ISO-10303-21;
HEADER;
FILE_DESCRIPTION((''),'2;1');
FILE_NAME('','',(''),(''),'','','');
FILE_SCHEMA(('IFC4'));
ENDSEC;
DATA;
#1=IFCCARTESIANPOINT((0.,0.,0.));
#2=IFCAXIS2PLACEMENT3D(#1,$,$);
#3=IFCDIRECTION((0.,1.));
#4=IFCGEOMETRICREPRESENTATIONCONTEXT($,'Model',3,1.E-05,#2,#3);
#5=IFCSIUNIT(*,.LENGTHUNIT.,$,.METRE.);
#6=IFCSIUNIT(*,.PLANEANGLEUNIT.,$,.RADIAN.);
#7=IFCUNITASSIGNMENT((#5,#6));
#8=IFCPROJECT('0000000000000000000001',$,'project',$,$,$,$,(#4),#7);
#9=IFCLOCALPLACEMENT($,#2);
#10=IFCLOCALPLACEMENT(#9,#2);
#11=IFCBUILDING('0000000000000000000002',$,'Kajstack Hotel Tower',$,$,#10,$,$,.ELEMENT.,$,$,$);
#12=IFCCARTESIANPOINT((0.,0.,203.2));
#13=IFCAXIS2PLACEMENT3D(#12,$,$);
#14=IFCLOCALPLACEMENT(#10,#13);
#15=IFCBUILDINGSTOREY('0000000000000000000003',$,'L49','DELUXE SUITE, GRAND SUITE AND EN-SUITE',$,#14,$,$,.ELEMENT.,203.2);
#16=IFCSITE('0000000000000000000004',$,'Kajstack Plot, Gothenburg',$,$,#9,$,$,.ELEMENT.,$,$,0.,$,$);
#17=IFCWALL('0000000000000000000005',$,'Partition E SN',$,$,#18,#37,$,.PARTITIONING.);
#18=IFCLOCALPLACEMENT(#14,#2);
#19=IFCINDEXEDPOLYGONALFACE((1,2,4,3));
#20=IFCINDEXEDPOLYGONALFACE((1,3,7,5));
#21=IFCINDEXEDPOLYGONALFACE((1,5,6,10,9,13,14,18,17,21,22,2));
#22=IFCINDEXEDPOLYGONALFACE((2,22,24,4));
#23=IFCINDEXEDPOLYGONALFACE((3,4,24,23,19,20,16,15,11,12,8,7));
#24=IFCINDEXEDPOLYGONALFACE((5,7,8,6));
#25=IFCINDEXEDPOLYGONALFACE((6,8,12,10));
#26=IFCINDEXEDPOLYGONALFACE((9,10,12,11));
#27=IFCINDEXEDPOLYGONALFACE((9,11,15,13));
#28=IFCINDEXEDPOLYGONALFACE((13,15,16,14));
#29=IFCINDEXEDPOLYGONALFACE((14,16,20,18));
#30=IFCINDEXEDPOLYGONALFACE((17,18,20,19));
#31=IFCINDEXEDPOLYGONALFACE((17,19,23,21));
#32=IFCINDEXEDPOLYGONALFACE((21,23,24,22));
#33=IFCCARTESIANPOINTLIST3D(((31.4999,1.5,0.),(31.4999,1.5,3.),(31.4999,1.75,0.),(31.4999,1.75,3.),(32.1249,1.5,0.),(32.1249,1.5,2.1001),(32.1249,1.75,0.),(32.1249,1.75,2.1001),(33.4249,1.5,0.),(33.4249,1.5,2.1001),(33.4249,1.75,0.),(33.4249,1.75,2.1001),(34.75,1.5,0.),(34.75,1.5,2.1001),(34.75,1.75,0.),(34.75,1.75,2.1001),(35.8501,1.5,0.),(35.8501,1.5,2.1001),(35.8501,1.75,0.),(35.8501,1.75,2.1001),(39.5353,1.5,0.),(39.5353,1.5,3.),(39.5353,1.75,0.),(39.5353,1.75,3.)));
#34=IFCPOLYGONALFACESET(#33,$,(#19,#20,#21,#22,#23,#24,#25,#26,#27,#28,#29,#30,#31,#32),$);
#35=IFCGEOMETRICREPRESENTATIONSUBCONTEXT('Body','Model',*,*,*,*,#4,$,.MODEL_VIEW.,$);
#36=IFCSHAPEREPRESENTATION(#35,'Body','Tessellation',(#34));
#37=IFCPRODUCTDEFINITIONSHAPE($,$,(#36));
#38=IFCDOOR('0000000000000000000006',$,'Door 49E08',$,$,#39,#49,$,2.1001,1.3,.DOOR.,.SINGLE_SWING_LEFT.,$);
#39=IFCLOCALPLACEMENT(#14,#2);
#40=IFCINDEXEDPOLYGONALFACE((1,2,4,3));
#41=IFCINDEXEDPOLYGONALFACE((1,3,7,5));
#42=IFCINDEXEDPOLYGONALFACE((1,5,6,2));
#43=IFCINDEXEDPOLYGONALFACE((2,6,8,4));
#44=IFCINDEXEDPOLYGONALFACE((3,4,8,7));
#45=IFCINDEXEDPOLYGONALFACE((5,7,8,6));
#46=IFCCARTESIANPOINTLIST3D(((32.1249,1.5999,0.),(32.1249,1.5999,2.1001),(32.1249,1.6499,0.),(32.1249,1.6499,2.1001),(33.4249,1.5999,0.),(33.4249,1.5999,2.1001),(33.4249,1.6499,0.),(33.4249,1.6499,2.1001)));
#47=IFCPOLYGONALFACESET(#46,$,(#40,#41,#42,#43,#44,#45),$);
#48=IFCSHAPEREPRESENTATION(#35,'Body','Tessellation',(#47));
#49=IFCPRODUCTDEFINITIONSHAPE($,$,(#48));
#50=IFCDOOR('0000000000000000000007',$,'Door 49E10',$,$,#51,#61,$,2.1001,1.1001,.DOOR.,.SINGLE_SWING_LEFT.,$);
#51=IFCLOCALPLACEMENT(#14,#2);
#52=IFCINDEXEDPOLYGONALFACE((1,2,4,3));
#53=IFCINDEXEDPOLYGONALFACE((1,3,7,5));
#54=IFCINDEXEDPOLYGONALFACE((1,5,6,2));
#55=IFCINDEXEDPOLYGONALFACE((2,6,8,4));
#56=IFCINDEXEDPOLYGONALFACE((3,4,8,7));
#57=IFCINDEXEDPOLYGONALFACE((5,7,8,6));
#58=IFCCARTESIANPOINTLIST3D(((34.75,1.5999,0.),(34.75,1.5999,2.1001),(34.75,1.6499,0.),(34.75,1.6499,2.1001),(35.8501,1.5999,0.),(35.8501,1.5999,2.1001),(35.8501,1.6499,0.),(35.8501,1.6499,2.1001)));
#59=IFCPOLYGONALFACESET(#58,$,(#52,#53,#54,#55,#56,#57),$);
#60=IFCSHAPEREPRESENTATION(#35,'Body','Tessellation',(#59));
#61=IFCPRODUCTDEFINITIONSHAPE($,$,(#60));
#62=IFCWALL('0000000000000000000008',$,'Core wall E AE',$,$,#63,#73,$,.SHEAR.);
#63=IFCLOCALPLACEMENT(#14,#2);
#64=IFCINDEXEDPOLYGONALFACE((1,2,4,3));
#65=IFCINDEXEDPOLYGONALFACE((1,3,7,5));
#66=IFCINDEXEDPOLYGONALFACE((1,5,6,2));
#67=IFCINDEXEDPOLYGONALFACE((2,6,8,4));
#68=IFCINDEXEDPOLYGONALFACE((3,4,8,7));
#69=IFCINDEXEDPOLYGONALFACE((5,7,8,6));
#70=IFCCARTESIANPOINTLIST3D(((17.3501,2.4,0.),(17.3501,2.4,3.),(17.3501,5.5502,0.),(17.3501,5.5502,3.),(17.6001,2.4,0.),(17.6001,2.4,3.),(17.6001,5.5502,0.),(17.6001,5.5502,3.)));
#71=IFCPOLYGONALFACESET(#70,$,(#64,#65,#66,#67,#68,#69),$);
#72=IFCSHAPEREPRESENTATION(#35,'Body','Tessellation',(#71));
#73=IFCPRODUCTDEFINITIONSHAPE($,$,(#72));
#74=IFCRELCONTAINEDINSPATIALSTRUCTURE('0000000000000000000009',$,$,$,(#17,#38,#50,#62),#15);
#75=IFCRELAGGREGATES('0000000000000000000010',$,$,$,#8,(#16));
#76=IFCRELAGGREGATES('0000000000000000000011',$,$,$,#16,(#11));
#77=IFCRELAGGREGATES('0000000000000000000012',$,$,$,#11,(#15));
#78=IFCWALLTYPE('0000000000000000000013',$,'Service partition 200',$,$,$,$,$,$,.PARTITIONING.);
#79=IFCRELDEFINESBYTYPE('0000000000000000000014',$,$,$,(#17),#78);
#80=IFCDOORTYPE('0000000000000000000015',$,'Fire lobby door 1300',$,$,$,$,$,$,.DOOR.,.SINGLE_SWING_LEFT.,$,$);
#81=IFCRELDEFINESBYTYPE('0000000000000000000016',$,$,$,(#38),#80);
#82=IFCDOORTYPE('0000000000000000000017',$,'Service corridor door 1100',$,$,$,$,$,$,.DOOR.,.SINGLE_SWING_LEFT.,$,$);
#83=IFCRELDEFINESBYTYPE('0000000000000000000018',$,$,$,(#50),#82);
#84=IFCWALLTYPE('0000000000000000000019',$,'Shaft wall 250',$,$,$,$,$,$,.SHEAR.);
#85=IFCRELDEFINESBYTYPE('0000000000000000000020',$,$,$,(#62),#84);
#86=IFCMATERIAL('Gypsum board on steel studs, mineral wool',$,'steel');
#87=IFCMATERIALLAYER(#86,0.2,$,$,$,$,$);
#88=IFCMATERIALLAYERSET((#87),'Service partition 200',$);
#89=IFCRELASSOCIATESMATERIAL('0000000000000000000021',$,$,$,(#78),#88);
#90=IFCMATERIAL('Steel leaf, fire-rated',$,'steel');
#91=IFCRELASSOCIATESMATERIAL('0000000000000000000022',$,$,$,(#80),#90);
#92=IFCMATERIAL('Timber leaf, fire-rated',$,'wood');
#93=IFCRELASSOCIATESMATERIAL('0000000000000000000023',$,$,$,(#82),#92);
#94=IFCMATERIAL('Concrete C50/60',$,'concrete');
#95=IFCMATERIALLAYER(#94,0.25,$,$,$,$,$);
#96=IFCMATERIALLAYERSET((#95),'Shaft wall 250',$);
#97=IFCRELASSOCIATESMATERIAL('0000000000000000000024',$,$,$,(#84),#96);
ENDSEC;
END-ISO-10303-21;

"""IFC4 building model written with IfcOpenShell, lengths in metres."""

from ifc_helpers import new_model, si_unit, direction, frame, frame_2d, origin, place, context, subcontext, project, spatial, rectangle, extrude, material, layer, layer_set, type_object, element, fill, save


model = new_model("IFC4")

# Units and contexts
model_context = context("Model", 3, precision=1e-05, world=origin(), true_north=direction((0.0, 1.0)))
body_context = subcontext(model_context, "Body", "Model", "MODEL_VIEW")
ifc_project = project(units=[si_unit("LENGTHUNIT", "METRE"), si_unit("PLANEANGLEUNIT", "RADIAN")], contexts=[model_context])

# Site, building, storey
site_placement = place(None, origin())
site = spatial("IfcSite", under=ifc_project, at=site_placement, Name="Kajstack Plot, Gothenburg", CompositionType="ELEMENT", RefElevation=0.0)
building_placement = place(site_placement, origin())
building = spatial("IfcBuilding", under=site, at=building_placement, Name="Kajstack Hotel Tower", CompositionType="ELEMENT")
storey_placement = place(building_placement, frame((0.0, 0.0, 203.2)))
storey = spatial("IfcBuildingStorey", under=building, at=storey_placement, Name="L49", Description="DELUXE SUITE, GRAND SUITE AND EN-SUITE", CompositionType="ELEMENT", Elevation=203.2)

# Shared definitions
ifc_material_1 = material(Name="Concrete C50/60", Category="concrete")

# Wall, openings, doors
ifc_material_2 = material(Name="Gypsum board on steel studs, mineral wool", Category="steel")
ifc_layer_1 = layer(ifc_material_2, 0.2)
ifc_layer_set_1 = layer_set([ifc_layer_1], Name="Service partition 200")
wall_type_1 = type_object("IfcWallType", Name="Service partition 200", PredefinedType="PARTITIONING", material=ifc_layer_set_1)
wall_1_placement = place(storey_placement, frame((31.5, 1.625, 0.0), z_axis=(0.0, 0.0, 1.0), x_axis=(1.0, 0.0, 0.0)))
wall_1 = element("IfcWall", 1, at=wall_1_placement, inside=storey, type_object=wall_type_1, Name="Partition E SN", PredefinedType="PARTITIONING", context=body_context, shape_type="SweptSolid", body=[
    extrude(rectangle(XDim=8.0354, YDim=0.25, at=frame_2d((4.0176, 0.0))), origin(), (0.0, 0.0, 1.0), 3.0),
])
opening_1_placement = place(wall_1_placement, frame((0.625, 0.0, 0.0)))
opening_1 = element("IfcOpeningElement", 2, at=opening_1_placement, cuts=wall_1, PredefinedType="OPENING", context=body_context, shape_type="SweptSolid", body=[
    extrude(rectangle(XDim=1.3, YDim=2.1001, at=frame_2d((0.6499, 1.05))), frame((0.0, 0.135, 0.0), z_axis=(0.0, -1.0, 0.0), x_axis=(1.0, 0.0, 0.0)), (0.0, 0.0, 1.0), 0.27),
])
opening_2_placement = place(wall_1_placement, frame((3.25, 0.0, 0.0)))
opening_2 = element("IfcOpeningElement", 3, at=opening_2_placement, cuts=wall_1, PredefinedType="OPENING", context=body_context, shape_type="SweptSolid", body=[
    extrude(rectangle(XDim=1.1001, YDim=2.1001, at=frame_2d((0.55, 1.05))), frame((0.0, 0.135, 0.0), z_axis=(0.0, -1.0, 0.0), x_axis=(1.0, 0.0, 0.0)), (0.0, 0.0, 1.0), 0.27),
])
ifc_material_3 = material(Name="Steel leaf, fire-rated", Category="steel")
door_type_1 = type_object("IfcDoorType", Name="Fire lobby door 1300", OperationType="SINGLE_SWING_LEFT", PredefinedType="DOOR", material=ifc_material_3)
door_1_placement = place(opening_1_placement, origin())
door_1 = element("IfcDoor", 4, at=door_1_placement, inside=storey, type_object=door_type_1, Name="Door 49E08", OperationType="SINGLE_SWING_LEFT", OverallHeight=2.1001, OverallWidth=1.3, PredefinedType="DOOR", context=body_context, shape_type="SweptSolid", body=[
    extrude(rectangle(XDim=1.3, YDim=2.1001, at=frame_2d((0.6499, 1.05))), frame((0.0, 0.0249, 0.0), z_axis=(0.0, -1.0, 0.0), x_axis=(1.0, 0.0, 0.0)), (0.0, 0.0, 1.0), 0.05),
])
fill(opening_1, door_1)
ifc_material_4 = material(Name="Timber leaf, fire-rated", Category="wood")
door_type_2 = type_object("IfcDoorType", Name="Service corridor door 1100", OperationType="SINGLE_SWING_LEFT", PredefinedType="DOOR", material=ifc_material_4)
door_2_placement = place(opening_2_placement, origin())
door_2 = element("IfcDoor", 5, at=door_2_placement, inside=storey, type_object=door_type_2, Name="Door 49E10", OperationType="SINGLE_SWING_LEFT", OverallHeight=2.1001, OverallWidth=1.1001, PredefinedType="DOOR", context=body_context, shape_type="SweptSolid", body=[
    extrude(rectangle(XDim=1.1001, YDim=2.1001, at=frame_2d((0.55, 1.05))), frame((0.0, 0.0249, 0.0), z_axis=(0.0, -1.0, 0.0), x_axis=(1.0, 0.0, 0.0)), (0.0, 0.0, 1.0), 0.05),
])
fill(opening_2, door_2)

# Wall
ifc_layer_2 = layer(ifc_material_1, 0.25)
ifc_layer_set_2 = layer_set([ifc_layer_2], Name="Shaft wall 250")
wall_type_2 = type_object("IfcWallType", Name="Shaft wall 250", PredefinedType="SHEAR", material=ifc_layer_set_2)
wall_2_placement = place(storey_placement, frame((17.4751, 2.3999, 0.0), z_axis=(0.0, 0.0, 1.0), x_axis=(0.0, 1.0, 0.0)))
element("IfcWall", 6, at=wall_2_placement, inside=storey, type_object=wall_type_2, Name="Core wall E AE", PredefinedType="SHEAR", context=body_context, shape_type="SweptSolid", body=[
    extrude(rectangle(XDim=3.1501, YDim=0.25, at=frame_2d((1.5752, 0.0))), origin(), (0.0, 0.0, 1.0), 3.0),
])

save(model, "model.ifc")
